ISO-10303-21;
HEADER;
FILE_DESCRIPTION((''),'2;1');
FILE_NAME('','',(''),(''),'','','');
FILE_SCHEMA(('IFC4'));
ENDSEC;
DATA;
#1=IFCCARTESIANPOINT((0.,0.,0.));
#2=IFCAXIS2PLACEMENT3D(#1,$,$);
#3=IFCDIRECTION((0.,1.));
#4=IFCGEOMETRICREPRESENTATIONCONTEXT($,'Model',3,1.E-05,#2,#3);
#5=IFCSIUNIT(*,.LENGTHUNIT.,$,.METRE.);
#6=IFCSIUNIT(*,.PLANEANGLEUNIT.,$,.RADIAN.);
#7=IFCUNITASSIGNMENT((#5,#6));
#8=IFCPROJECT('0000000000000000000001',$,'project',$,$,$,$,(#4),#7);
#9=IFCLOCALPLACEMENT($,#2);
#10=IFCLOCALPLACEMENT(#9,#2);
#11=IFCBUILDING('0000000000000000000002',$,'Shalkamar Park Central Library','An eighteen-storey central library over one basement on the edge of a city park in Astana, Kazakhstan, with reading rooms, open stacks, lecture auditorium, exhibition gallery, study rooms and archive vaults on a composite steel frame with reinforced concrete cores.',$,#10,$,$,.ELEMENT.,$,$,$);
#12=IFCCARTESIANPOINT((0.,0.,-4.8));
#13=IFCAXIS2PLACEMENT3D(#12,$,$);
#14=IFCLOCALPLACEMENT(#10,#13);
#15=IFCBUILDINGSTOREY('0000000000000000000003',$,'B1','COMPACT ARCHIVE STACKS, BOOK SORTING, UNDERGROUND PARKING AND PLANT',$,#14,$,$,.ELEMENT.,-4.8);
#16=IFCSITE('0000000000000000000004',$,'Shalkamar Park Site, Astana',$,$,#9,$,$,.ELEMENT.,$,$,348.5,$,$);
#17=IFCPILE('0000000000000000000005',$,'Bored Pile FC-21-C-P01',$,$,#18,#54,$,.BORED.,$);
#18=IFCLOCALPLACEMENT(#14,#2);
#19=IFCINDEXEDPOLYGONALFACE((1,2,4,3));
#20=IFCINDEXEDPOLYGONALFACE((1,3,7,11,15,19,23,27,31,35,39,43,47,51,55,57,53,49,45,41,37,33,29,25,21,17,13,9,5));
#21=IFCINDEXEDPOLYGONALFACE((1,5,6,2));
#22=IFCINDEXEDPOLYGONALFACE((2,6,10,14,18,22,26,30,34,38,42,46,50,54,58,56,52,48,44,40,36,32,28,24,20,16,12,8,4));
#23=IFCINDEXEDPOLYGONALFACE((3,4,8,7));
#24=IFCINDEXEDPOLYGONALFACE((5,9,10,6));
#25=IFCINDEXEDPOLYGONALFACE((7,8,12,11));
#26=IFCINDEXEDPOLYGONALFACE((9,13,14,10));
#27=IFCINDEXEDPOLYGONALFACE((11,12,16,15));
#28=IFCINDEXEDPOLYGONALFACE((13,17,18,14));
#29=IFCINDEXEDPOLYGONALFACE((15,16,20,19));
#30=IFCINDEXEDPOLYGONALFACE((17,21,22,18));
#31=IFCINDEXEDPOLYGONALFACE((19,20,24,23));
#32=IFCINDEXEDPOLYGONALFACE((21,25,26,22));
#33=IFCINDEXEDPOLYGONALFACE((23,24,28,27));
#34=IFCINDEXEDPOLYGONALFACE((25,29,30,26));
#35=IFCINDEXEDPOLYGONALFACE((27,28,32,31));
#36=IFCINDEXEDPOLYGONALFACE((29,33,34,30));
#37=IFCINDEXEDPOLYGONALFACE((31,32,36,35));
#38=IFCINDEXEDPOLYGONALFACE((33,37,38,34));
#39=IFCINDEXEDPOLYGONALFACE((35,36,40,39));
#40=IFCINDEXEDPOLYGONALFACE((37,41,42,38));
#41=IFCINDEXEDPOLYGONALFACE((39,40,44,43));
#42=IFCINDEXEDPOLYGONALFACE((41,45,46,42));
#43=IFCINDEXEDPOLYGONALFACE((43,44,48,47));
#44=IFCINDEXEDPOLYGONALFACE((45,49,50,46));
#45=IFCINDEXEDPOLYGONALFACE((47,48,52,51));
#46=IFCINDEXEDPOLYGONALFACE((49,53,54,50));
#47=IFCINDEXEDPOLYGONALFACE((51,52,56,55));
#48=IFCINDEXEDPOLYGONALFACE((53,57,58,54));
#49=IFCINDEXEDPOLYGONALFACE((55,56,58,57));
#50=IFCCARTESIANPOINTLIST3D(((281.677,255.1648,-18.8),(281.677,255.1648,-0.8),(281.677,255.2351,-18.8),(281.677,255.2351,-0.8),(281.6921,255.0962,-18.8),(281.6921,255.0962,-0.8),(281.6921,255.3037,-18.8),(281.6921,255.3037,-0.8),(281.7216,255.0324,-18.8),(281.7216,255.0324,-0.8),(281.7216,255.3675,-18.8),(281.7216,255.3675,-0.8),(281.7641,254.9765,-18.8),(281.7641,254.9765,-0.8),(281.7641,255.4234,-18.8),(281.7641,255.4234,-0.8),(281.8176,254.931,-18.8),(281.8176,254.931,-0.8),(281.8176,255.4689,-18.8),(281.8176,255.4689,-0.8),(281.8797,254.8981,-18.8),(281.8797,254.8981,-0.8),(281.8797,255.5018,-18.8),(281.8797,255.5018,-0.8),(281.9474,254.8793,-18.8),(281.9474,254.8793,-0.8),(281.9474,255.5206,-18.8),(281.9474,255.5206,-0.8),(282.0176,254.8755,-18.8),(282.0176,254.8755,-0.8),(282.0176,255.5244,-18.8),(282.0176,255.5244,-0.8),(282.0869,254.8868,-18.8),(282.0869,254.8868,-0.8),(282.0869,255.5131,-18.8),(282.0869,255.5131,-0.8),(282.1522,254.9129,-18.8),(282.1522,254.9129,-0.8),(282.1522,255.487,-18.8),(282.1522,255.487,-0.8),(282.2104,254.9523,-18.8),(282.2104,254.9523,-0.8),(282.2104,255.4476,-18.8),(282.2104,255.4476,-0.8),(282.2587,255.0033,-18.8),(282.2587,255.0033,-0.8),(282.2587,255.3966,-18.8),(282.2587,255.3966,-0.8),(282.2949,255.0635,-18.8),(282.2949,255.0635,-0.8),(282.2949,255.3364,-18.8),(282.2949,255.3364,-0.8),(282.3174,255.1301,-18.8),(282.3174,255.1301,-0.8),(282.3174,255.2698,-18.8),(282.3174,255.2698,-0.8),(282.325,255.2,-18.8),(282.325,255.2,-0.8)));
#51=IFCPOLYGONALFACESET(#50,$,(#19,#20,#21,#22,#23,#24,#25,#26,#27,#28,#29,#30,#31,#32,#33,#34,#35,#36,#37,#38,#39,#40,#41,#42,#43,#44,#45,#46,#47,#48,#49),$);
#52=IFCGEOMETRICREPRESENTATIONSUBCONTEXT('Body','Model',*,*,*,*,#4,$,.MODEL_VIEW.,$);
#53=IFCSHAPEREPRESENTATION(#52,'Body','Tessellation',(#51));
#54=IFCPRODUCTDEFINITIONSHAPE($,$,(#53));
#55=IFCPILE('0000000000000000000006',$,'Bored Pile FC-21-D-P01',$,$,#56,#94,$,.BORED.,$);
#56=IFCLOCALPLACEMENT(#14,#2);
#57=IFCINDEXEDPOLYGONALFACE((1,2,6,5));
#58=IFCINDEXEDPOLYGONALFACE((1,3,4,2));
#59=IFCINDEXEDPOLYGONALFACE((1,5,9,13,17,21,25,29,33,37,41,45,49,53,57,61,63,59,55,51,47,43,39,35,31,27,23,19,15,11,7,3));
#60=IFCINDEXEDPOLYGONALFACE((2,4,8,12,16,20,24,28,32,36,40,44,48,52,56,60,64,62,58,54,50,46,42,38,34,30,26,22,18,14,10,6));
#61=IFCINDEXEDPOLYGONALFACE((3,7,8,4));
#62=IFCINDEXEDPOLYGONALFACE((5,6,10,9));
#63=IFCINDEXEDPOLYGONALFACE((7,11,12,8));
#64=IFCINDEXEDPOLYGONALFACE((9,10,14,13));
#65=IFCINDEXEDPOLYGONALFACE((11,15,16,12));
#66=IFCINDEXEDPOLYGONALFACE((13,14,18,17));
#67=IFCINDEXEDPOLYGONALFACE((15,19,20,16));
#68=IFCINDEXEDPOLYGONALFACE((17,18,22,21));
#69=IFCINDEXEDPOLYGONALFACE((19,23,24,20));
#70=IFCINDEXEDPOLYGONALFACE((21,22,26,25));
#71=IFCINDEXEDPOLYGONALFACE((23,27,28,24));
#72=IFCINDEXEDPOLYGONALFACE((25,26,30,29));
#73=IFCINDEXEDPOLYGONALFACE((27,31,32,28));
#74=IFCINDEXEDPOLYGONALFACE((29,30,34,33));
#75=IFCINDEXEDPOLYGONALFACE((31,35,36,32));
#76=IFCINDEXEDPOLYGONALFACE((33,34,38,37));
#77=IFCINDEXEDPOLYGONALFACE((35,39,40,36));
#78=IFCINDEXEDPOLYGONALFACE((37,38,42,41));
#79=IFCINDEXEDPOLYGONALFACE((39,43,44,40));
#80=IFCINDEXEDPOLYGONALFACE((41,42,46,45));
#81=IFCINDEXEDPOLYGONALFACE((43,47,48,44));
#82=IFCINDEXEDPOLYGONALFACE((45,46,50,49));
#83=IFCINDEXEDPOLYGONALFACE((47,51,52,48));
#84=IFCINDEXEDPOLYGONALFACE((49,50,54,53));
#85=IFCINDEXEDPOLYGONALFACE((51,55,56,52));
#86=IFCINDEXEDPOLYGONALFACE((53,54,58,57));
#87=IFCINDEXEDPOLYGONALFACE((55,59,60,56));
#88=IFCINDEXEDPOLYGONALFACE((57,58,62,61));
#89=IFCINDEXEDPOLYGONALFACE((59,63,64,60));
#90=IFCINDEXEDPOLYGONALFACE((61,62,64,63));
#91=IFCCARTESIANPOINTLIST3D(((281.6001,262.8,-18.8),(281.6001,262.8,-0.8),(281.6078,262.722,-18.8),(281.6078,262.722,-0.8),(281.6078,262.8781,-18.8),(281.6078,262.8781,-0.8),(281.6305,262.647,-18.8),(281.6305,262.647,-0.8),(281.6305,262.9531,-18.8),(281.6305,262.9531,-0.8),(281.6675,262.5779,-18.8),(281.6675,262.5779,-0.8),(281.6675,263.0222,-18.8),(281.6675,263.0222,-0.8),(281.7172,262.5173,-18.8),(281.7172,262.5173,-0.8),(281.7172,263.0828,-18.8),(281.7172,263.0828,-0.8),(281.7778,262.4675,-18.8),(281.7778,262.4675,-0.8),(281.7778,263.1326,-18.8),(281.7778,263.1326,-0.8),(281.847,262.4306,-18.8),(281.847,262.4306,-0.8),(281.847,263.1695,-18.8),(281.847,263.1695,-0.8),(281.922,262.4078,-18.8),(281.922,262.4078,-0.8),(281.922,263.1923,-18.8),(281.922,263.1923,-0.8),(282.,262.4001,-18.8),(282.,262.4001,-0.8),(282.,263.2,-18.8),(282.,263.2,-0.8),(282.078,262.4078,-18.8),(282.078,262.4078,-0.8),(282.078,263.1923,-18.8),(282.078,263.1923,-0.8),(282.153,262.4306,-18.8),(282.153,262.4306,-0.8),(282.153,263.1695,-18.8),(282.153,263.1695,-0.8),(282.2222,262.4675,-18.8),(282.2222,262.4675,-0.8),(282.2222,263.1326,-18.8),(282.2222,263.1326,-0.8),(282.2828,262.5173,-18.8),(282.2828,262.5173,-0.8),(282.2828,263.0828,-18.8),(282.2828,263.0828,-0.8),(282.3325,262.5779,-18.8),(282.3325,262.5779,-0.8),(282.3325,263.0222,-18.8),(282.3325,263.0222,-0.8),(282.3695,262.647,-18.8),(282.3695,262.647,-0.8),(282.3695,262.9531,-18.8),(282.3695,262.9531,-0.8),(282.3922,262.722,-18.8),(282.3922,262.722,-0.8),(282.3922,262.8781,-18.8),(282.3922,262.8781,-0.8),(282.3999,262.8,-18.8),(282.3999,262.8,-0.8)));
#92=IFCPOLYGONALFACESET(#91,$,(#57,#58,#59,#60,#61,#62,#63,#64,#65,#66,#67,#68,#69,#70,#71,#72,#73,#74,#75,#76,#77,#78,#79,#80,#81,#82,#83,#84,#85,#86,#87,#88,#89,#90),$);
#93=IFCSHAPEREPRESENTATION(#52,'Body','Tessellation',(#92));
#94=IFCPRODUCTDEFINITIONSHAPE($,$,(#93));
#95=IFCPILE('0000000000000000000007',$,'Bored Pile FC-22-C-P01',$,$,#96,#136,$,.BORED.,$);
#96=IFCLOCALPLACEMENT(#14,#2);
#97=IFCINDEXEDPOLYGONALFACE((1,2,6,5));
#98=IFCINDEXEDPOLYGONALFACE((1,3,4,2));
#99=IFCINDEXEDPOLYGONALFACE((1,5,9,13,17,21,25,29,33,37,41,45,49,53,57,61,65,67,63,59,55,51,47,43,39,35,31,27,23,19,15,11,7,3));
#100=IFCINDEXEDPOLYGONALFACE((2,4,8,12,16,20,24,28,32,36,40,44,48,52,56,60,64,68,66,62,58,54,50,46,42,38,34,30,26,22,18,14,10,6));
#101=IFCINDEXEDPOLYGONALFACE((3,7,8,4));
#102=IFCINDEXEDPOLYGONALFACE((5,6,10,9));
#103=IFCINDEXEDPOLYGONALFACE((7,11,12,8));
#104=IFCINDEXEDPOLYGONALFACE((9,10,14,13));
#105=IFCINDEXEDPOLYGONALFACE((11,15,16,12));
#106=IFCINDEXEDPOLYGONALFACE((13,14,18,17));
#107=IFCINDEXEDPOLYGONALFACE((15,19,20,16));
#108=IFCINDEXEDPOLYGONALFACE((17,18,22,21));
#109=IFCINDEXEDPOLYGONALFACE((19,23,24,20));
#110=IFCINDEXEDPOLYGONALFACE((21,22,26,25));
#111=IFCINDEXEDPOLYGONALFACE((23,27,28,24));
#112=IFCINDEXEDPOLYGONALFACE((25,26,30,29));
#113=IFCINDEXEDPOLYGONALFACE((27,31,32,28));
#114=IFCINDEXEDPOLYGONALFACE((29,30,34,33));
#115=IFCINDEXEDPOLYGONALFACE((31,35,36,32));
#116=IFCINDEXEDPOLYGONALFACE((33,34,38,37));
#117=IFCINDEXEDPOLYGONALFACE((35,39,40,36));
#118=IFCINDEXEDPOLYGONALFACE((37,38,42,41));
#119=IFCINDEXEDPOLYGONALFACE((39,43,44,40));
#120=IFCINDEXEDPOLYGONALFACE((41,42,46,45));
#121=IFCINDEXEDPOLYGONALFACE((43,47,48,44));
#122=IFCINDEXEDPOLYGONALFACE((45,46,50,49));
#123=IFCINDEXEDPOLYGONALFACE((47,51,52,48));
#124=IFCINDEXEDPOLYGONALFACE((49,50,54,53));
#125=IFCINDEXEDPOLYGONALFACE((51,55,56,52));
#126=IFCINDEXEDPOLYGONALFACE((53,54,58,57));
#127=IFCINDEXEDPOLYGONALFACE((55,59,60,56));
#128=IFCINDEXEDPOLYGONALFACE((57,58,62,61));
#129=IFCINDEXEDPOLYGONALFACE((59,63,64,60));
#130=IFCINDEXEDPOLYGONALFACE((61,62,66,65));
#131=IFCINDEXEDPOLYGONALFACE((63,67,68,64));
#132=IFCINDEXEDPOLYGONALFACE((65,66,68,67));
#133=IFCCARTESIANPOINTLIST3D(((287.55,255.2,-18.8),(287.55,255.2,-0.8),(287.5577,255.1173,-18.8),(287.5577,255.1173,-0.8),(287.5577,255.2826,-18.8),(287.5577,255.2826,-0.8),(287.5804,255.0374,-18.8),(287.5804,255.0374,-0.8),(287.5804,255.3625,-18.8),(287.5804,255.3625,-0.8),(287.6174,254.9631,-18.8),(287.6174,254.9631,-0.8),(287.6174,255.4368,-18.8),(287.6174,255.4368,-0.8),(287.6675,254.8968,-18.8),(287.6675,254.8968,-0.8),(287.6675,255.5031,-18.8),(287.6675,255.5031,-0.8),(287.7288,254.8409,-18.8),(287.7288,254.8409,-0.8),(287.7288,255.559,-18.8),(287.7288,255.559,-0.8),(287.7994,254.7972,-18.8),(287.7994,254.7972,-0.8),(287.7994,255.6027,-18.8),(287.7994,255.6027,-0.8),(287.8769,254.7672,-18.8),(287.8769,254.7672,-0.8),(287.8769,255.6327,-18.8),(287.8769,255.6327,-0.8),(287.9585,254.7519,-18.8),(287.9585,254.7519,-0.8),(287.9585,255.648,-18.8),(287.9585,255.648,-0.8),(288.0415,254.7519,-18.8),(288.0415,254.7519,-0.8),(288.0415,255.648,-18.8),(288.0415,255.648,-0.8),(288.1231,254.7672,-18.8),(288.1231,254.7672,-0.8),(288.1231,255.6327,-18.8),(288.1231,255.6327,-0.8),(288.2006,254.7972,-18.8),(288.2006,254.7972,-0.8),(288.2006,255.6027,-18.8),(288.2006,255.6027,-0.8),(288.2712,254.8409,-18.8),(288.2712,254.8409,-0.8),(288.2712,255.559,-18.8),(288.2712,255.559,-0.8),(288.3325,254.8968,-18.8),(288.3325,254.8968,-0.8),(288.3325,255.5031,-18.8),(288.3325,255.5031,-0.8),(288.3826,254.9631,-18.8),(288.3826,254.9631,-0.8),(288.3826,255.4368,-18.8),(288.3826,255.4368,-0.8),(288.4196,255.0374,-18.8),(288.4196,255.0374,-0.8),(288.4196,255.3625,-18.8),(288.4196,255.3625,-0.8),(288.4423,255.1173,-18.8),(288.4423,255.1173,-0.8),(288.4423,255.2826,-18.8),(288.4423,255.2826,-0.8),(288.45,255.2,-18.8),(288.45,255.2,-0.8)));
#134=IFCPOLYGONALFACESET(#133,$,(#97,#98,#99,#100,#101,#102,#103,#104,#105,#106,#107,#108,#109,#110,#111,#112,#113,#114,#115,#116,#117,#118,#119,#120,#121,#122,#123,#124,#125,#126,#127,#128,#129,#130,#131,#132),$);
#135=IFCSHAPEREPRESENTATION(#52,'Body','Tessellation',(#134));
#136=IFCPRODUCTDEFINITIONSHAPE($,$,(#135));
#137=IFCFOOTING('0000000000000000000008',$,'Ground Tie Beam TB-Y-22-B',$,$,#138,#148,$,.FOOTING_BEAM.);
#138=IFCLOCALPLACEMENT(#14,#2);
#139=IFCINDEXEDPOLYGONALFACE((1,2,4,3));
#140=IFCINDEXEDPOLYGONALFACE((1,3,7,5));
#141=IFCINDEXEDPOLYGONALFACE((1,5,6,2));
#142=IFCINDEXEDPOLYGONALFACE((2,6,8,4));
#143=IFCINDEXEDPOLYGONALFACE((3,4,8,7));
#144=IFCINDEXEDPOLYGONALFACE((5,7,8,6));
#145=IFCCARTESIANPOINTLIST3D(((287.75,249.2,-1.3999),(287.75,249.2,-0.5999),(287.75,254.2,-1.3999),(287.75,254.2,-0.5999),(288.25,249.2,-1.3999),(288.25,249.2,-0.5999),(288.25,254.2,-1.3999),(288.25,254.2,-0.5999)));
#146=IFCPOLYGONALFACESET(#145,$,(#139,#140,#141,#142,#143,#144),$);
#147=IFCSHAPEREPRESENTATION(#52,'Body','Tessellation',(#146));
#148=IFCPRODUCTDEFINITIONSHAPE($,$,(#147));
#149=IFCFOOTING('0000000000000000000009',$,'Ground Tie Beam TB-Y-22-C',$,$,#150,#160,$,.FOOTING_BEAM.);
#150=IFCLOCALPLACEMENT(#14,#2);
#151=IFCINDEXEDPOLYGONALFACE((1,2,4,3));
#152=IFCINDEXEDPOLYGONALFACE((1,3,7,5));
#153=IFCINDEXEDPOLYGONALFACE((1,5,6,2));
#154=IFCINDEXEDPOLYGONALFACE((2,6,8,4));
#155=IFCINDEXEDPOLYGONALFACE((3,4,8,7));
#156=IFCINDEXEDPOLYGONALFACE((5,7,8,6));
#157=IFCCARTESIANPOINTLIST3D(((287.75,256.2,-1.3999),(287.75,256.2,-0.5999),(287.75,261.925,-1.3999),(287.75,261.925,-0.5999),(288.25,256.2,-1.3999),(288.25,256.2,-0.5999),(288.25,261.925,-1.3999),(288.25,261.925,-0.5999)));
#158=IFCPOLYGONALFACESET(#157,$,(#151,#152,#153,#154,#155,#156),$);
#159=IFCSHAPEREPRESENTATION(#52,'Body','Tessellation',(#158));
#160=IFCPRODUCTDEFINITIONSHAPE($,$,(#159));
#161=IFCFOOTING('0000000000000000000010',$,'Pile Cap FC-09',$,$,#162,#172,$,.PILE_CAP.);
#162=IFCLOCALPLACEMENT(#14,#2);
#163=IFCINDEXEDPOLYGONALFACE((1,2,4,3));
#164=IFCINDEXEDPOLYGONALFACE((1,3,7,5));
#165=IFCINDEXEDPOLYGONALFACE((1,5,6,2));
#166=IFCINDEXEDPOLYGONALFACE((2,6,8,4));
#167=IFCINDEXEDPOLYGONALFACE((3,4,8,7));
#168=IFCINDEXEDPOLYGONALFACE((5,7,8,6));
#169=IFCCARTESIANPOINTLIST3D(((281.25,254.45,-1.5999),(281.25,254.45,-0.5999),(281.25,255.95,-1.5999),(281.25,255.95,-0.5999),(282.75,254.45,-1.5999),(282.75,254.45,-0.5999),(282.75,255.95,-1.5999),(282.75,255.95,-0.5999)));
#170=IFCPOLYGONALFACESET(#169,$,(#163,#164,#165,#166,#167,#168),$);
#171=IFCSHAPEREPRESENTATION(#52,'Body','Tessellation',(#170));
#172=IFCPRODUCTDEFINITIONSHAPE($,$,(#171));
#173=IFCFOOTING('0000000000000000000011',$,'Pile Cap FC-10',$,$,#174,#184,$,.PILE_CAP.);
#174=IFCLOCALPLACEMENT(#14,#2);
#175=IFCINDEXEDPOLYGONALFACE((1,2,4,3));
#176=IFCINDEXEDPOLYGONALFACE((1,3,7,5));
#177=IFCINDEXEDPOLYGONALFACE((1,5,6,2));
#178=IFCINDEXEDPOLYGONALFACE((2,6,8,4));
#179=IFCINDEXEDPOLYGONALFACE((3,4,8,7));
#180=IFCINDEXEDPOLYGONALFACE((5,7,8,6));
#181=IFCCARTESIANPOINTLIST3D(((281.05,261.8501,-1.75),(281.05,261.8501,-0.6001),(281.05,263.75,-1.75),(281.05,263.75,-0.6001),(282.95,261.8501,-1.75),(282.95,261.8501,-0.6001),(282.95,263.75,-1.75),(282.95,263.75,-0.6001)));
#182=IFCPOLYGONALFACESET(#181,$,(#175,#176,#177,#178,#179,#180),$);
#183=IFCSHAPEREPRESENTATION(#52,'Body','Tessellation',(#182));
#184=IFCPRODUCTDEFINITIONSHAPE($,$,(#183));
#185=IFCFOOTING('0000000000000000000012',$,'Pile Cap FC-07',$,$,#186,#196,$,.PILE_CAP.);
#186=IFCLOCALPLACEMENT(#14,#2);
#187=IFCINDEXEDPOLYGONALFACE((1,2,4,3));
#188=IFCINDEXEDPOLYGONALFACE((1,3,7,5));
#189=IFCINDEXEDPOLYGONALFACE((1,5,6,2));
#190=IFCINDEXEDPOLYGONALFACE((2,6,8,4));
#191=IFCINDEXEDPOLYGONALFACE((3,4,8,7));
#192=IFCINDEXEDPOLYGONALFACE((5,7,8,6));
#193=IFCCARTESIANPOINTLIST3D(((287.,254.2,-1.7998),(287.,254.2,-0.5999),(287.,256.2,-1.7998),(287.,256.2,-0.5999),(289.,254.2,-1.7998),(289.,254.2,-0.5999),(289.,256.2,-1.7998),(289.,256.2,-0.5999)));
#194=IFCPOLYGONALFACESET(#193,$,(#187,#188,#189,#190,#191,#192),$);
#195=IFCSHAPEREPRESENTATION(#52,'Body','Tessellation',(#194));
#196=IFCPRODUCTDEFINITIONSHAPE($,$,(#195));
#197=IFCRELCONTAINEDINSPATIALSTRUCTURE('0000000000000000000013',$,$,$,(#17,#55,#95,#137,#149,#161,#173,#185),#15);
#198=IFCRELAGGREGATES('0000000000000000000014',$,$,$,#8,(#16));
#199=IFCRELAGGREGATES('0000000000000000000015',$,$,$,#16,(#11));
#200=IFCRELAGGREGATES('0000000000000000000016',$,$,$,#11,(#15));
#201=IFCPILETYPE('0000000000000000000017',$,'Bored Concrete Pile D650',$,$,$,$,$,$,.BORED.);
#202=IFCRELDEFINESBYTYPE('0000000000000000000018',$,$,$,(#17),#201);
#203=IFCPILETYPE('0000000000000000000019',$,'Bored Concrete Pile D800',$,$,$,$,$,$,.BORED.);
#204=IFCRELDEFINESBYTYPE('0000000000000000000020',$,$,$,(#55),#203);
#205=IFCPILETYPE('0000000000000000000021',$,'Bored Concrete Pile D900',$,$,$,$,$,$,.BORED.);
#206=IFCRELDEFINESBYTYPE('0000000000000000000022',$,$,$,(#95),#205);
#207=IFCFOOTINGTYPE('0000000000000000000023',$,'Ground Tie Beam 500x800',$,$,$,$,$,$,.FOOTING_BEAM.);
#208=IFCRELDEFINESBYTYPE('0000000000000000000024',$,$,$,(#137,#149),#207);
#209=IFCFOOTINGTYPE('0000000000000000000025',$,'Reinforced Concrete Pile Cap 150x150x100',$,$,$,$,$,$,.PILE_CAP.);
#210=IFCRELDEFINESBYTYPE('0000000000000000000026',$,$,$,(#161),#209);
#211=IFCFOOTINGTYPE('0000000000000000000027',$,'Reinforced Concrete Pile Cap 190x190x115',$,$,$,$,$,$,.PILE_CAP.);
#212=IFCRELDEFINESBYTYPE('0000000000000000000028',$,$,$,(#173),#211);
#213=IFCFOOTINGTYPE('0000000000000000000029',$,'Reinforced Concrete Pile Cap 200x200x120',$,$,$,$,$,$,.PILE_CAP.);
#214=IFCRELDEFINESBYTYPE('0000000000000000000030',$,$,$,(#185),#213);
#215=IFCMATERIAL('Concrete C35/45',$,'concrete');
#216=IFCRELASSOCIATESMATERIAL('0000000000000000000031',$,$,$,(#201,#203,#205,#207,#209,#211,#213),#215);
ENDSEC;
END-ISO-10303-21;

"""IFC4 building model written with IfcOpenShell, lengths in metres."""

from ifc_helpers import new_model, si_unit, direction, frame, origin, origin_2d, place, context, subcontext, project, spatial, rectangle, circle, extrude, material, material_profile, profile_set, type_object, element, save


model = new_model("IFC4")

# Units and contexts
model_context = context("Model", 3, precision=1e-05, world=origin(), true_north=direction((0.0, 1.0)))
body_context = subcontext(model_context, "Body", "Model", "MODEL_VIEW")
ifc_project = project(units=[si_unit("LENGTHUNIT", "METRE"), si_unit("PLANEANGLEUNIT", "RADIAN")], contexts=[model_context])

# Site, building, storey
site_placement = place(None, origin())
site = spatial("IfcSite", under=ifc_project, at=site_placement, Name="Shalkamar Park Site, Astana", CompositionType="ELEMENT", RefElevation=348.5)
building_placement = place(site_placement, origin())
building = spatial("IfcBuilding", under=site, at=building_placement, Name="Shalkamar Park Central Library", Description="An eighteen-storey central library over one basement on the edge of a city park in Astana, Kazakhstan, with reading rooms, open stacks, lecture auditorium, exhibition gallery, study rooms and archive vaults on a composite steel frame with reinforced concrete cores.", CompositionType="ELEMENT")
storey_placement = place(building_placement, frame((0.0, 0.0, -4.8)))
storey = spatial("IfcBuildingStorey", under=building, at=storey_placement, Name="B1", Description="COMPACT ARCHIVE STACKS, BOOK SORTING, UNDERGROUND PARKING AND PLANT", CompositionType="ELEMENT", Elevation=-4.8)

# Piles
ifc_material_1 = material(Name="Concrete C35/45", Category="concrete")
ifc_material_profile_1 = material_profile(ifc_material_1, circle(Radius=0.325, at=origin_2d()), Name="PILE D650")
ifc_profile_set_1 = profile_set([ifc_material_profile_1], Name="Concrete C35/45")
pile_type_1 = type_object("IfcPileType", Name="Bored Concrete Pile D650", PredefinedType="BORED", material=ifc_profile_set_1)
pile_1_placement = place(storey_placement, frame((282.0, 255.2, -0.8), z_axis=(0.0, 0.0, -1.0), x_axis=(1.0, 0.0, 0.0)))
element("IfcPile", 1, at=pile_1_placement, inside=storey, type_object=pile_type_1, Name="Bored Pile FC-21-C-P01", PredefinedType="BORED", context=body_context, shape_type="SweptSolid", body=[
    extrude(circle(Radius=0.325, at=origin_2d()), origin(), (0.0, 0.0, 1.0), 18.0),
])
ifc_material_profile_2 = material_profile(ifc_material_1, circle(Radius=0.3999, at=origin_2d()), Name="PILE D800")
ifc_profile_set_2 = profile_set([ifc_material_profile_2], Name="Concrete C35/45")
pile_type_2 = type_object("IfcPileType", Name="Bored Concrete Pile D800", PredefinedType="BORED", material=ifc_profile_set_2)
pile_2_placement = place(storey_placement, frame((282.0, 262.8, -0.8), z_axis=(0.0, 0.0, -1.0), x_axis=(1.0, 0.0, 0.0)))
element("IfcPile", 2, at=pile_2_placement, inside=storey, type_object=pile_type_2, Name="Bored Pile FC-21-D-P01", PredefinedType="BORED", context=body_context, shape_type="SweptSolid", body=[
    extrude(circle(Radius=0.3999, at=origin_2d()), origin(), (0.0, 0.0, 1.0), 18.0),
])
ifc_material_profile_3 = material_profile(ifc_material_1, circle(Radius=0.45, at=origin_2d()), Name="PILE D900")
ifc_profile_set_3 = profile_set([ifc_material_profile_3], Name="Concrete C35/45")
pile_type_3 = type_object("IfcPileType", Name="Bored Concrete Pile D900", PredefinedType="BORED", material=ifc_profile_set_3)
pile_3_placement = place(storey_placement, frame((288.0, 255.2, -0.8), z_axis=(0.0, 0.0, -1.0), x_axis=(1.0, 0.0, 0.0)))
element("IfcPile", 3, at=pile_3_placement, inside=storey, type_object=pile_type_3, Name="Bored Pile FC-22-C-P01", PredefinedType="BORED", context=body_context, shape_type="SweptSolid", body=[
    extrude(circle(Radius=0.45, at=origin_2d()), origin(), (0.0, 0.0, 1.0), 18.0),
])

# Footings
footing_type_1 = type_object("IfcFootingType", Name="Ground Tie Beam 500x800", PredefinedType="FOOTING_BEAM", material=ifc_material_1)
footing_1_placement = place(storey_placement, frame((288.0, 251.7, -1.3999), z_axis=(0.0, 0.0, 1.0), x_axis=(0.0, 1.0, 0.0)))
element("IfcFooting", 4, at=footing_1_placement, inside=storey, type_object=footing_type_1, Name="Ground Tie Beam TB-Y-22-B", PredefinedType="FOOTING_BEAM", context=body_context, shape_type="SweptSolid", body=[
    extrude(rectangle(XDim=5.0, YDim=0.5, at=origin_2d()), origin(), (0.0, 0.0, 1.0), 0.8),
])
footing_2_placement = place(storey_placement, frame((288.0, 259.0625, -1.3999), z_axis=(0.0, 0.0, 1.0), x_axis=(0.0, 1.0, 0.0)))
element("IfcFooting", 5, at=footing_2_placement, inside=storey, type_object=footing_type_1, Name="Ground Tie Beam TB-Y-22-C", PredefinedType="FOOTING_BEAM", context=body_context, shape_type="SweptSolid", body=[
    extrude(rectangle(XDim=5.7251, YDim=0.5, at=origin_2d()), origin(), (0.0, 0.0, 1.0), 0.8),
])
footing_type_2 = type_object("IfcFootingType", Name="Reinforced Concrete Pile Cap 150x150x100", PredefinedType="PILE_CAP", material=ifc_material_1)
footing_3_placement = place(storey_placement, frame((282.0, 255.2, -1.5999), z_axis=(0.0, 0.0, 1.0), x_axis=(1.0, 0.0, 0.0)))
element("IfcFooting", 6, at=footing_3_placement, inside=storey, type_object=footing_type_2, Name="Pile Cap FC-09", PredefinedType="PILE_CAP", context=body_context, shape_type="SweptSolid", body=[
    extrude(rectangle(XDim=1.5, YDim=1.5, at=origin_2d()), origin(), (0.0, 0.0, 1.0), 1.0),
])
footing_type_3 = type_object("IfcFootingType", Name="Reinforced Concrete Pile Cap 190x190x115", PredefinedType="PILE_CAP", material=ifc_material_1)
footing_4_placement = place(storey_placement, frame((282.0, 262.8, -1.75), z_axis=(0.0, 0.0, 1.0), x_axis=(1.0, 0.0, 0.0)))
element("IfcFooting", 7, at=footing_4_placement, inside=storey, type_object=footing_type_3, Name="Pile Cap FC-10", PredefinedType="PILE_CAP", context=body_context, shape_type="SweptSolid", body=[
    extrude(rectangle(XDim=1.8999, YDim=1.8999, at=origin_2d()), origin(), (0.0, 0.0, 1.0), 1.1499),
])
footing_type_4 = type_object("IfcFootingType", Name="Reinforced Concrete Pile Cap 200x200x120", PredefinedType="PILE_CAP", material=ifc_material_1)
footing_5_placement = place(storey_placement, frame((288.0, 255.2, -1.7998), z_axis=(0.0, 0.0, 1.0), x_axis=(1.0, 0.0, 0.0)))
element("IfcFooting", 8, at=footing_5_placement, inside=storey, type_object=footing_type_4, Name="Pile Cap FC-07", PredefinedType="PILE_CAP", context=body_context, shape_type="SweptSolid", body=[
    extrude(rectangle(XDim=2.0, YDim=2.0, at=origin_2d()), origin(), (0.0, 0.0, 1.0), 1.2),
])

save(model, "model.ifc")
